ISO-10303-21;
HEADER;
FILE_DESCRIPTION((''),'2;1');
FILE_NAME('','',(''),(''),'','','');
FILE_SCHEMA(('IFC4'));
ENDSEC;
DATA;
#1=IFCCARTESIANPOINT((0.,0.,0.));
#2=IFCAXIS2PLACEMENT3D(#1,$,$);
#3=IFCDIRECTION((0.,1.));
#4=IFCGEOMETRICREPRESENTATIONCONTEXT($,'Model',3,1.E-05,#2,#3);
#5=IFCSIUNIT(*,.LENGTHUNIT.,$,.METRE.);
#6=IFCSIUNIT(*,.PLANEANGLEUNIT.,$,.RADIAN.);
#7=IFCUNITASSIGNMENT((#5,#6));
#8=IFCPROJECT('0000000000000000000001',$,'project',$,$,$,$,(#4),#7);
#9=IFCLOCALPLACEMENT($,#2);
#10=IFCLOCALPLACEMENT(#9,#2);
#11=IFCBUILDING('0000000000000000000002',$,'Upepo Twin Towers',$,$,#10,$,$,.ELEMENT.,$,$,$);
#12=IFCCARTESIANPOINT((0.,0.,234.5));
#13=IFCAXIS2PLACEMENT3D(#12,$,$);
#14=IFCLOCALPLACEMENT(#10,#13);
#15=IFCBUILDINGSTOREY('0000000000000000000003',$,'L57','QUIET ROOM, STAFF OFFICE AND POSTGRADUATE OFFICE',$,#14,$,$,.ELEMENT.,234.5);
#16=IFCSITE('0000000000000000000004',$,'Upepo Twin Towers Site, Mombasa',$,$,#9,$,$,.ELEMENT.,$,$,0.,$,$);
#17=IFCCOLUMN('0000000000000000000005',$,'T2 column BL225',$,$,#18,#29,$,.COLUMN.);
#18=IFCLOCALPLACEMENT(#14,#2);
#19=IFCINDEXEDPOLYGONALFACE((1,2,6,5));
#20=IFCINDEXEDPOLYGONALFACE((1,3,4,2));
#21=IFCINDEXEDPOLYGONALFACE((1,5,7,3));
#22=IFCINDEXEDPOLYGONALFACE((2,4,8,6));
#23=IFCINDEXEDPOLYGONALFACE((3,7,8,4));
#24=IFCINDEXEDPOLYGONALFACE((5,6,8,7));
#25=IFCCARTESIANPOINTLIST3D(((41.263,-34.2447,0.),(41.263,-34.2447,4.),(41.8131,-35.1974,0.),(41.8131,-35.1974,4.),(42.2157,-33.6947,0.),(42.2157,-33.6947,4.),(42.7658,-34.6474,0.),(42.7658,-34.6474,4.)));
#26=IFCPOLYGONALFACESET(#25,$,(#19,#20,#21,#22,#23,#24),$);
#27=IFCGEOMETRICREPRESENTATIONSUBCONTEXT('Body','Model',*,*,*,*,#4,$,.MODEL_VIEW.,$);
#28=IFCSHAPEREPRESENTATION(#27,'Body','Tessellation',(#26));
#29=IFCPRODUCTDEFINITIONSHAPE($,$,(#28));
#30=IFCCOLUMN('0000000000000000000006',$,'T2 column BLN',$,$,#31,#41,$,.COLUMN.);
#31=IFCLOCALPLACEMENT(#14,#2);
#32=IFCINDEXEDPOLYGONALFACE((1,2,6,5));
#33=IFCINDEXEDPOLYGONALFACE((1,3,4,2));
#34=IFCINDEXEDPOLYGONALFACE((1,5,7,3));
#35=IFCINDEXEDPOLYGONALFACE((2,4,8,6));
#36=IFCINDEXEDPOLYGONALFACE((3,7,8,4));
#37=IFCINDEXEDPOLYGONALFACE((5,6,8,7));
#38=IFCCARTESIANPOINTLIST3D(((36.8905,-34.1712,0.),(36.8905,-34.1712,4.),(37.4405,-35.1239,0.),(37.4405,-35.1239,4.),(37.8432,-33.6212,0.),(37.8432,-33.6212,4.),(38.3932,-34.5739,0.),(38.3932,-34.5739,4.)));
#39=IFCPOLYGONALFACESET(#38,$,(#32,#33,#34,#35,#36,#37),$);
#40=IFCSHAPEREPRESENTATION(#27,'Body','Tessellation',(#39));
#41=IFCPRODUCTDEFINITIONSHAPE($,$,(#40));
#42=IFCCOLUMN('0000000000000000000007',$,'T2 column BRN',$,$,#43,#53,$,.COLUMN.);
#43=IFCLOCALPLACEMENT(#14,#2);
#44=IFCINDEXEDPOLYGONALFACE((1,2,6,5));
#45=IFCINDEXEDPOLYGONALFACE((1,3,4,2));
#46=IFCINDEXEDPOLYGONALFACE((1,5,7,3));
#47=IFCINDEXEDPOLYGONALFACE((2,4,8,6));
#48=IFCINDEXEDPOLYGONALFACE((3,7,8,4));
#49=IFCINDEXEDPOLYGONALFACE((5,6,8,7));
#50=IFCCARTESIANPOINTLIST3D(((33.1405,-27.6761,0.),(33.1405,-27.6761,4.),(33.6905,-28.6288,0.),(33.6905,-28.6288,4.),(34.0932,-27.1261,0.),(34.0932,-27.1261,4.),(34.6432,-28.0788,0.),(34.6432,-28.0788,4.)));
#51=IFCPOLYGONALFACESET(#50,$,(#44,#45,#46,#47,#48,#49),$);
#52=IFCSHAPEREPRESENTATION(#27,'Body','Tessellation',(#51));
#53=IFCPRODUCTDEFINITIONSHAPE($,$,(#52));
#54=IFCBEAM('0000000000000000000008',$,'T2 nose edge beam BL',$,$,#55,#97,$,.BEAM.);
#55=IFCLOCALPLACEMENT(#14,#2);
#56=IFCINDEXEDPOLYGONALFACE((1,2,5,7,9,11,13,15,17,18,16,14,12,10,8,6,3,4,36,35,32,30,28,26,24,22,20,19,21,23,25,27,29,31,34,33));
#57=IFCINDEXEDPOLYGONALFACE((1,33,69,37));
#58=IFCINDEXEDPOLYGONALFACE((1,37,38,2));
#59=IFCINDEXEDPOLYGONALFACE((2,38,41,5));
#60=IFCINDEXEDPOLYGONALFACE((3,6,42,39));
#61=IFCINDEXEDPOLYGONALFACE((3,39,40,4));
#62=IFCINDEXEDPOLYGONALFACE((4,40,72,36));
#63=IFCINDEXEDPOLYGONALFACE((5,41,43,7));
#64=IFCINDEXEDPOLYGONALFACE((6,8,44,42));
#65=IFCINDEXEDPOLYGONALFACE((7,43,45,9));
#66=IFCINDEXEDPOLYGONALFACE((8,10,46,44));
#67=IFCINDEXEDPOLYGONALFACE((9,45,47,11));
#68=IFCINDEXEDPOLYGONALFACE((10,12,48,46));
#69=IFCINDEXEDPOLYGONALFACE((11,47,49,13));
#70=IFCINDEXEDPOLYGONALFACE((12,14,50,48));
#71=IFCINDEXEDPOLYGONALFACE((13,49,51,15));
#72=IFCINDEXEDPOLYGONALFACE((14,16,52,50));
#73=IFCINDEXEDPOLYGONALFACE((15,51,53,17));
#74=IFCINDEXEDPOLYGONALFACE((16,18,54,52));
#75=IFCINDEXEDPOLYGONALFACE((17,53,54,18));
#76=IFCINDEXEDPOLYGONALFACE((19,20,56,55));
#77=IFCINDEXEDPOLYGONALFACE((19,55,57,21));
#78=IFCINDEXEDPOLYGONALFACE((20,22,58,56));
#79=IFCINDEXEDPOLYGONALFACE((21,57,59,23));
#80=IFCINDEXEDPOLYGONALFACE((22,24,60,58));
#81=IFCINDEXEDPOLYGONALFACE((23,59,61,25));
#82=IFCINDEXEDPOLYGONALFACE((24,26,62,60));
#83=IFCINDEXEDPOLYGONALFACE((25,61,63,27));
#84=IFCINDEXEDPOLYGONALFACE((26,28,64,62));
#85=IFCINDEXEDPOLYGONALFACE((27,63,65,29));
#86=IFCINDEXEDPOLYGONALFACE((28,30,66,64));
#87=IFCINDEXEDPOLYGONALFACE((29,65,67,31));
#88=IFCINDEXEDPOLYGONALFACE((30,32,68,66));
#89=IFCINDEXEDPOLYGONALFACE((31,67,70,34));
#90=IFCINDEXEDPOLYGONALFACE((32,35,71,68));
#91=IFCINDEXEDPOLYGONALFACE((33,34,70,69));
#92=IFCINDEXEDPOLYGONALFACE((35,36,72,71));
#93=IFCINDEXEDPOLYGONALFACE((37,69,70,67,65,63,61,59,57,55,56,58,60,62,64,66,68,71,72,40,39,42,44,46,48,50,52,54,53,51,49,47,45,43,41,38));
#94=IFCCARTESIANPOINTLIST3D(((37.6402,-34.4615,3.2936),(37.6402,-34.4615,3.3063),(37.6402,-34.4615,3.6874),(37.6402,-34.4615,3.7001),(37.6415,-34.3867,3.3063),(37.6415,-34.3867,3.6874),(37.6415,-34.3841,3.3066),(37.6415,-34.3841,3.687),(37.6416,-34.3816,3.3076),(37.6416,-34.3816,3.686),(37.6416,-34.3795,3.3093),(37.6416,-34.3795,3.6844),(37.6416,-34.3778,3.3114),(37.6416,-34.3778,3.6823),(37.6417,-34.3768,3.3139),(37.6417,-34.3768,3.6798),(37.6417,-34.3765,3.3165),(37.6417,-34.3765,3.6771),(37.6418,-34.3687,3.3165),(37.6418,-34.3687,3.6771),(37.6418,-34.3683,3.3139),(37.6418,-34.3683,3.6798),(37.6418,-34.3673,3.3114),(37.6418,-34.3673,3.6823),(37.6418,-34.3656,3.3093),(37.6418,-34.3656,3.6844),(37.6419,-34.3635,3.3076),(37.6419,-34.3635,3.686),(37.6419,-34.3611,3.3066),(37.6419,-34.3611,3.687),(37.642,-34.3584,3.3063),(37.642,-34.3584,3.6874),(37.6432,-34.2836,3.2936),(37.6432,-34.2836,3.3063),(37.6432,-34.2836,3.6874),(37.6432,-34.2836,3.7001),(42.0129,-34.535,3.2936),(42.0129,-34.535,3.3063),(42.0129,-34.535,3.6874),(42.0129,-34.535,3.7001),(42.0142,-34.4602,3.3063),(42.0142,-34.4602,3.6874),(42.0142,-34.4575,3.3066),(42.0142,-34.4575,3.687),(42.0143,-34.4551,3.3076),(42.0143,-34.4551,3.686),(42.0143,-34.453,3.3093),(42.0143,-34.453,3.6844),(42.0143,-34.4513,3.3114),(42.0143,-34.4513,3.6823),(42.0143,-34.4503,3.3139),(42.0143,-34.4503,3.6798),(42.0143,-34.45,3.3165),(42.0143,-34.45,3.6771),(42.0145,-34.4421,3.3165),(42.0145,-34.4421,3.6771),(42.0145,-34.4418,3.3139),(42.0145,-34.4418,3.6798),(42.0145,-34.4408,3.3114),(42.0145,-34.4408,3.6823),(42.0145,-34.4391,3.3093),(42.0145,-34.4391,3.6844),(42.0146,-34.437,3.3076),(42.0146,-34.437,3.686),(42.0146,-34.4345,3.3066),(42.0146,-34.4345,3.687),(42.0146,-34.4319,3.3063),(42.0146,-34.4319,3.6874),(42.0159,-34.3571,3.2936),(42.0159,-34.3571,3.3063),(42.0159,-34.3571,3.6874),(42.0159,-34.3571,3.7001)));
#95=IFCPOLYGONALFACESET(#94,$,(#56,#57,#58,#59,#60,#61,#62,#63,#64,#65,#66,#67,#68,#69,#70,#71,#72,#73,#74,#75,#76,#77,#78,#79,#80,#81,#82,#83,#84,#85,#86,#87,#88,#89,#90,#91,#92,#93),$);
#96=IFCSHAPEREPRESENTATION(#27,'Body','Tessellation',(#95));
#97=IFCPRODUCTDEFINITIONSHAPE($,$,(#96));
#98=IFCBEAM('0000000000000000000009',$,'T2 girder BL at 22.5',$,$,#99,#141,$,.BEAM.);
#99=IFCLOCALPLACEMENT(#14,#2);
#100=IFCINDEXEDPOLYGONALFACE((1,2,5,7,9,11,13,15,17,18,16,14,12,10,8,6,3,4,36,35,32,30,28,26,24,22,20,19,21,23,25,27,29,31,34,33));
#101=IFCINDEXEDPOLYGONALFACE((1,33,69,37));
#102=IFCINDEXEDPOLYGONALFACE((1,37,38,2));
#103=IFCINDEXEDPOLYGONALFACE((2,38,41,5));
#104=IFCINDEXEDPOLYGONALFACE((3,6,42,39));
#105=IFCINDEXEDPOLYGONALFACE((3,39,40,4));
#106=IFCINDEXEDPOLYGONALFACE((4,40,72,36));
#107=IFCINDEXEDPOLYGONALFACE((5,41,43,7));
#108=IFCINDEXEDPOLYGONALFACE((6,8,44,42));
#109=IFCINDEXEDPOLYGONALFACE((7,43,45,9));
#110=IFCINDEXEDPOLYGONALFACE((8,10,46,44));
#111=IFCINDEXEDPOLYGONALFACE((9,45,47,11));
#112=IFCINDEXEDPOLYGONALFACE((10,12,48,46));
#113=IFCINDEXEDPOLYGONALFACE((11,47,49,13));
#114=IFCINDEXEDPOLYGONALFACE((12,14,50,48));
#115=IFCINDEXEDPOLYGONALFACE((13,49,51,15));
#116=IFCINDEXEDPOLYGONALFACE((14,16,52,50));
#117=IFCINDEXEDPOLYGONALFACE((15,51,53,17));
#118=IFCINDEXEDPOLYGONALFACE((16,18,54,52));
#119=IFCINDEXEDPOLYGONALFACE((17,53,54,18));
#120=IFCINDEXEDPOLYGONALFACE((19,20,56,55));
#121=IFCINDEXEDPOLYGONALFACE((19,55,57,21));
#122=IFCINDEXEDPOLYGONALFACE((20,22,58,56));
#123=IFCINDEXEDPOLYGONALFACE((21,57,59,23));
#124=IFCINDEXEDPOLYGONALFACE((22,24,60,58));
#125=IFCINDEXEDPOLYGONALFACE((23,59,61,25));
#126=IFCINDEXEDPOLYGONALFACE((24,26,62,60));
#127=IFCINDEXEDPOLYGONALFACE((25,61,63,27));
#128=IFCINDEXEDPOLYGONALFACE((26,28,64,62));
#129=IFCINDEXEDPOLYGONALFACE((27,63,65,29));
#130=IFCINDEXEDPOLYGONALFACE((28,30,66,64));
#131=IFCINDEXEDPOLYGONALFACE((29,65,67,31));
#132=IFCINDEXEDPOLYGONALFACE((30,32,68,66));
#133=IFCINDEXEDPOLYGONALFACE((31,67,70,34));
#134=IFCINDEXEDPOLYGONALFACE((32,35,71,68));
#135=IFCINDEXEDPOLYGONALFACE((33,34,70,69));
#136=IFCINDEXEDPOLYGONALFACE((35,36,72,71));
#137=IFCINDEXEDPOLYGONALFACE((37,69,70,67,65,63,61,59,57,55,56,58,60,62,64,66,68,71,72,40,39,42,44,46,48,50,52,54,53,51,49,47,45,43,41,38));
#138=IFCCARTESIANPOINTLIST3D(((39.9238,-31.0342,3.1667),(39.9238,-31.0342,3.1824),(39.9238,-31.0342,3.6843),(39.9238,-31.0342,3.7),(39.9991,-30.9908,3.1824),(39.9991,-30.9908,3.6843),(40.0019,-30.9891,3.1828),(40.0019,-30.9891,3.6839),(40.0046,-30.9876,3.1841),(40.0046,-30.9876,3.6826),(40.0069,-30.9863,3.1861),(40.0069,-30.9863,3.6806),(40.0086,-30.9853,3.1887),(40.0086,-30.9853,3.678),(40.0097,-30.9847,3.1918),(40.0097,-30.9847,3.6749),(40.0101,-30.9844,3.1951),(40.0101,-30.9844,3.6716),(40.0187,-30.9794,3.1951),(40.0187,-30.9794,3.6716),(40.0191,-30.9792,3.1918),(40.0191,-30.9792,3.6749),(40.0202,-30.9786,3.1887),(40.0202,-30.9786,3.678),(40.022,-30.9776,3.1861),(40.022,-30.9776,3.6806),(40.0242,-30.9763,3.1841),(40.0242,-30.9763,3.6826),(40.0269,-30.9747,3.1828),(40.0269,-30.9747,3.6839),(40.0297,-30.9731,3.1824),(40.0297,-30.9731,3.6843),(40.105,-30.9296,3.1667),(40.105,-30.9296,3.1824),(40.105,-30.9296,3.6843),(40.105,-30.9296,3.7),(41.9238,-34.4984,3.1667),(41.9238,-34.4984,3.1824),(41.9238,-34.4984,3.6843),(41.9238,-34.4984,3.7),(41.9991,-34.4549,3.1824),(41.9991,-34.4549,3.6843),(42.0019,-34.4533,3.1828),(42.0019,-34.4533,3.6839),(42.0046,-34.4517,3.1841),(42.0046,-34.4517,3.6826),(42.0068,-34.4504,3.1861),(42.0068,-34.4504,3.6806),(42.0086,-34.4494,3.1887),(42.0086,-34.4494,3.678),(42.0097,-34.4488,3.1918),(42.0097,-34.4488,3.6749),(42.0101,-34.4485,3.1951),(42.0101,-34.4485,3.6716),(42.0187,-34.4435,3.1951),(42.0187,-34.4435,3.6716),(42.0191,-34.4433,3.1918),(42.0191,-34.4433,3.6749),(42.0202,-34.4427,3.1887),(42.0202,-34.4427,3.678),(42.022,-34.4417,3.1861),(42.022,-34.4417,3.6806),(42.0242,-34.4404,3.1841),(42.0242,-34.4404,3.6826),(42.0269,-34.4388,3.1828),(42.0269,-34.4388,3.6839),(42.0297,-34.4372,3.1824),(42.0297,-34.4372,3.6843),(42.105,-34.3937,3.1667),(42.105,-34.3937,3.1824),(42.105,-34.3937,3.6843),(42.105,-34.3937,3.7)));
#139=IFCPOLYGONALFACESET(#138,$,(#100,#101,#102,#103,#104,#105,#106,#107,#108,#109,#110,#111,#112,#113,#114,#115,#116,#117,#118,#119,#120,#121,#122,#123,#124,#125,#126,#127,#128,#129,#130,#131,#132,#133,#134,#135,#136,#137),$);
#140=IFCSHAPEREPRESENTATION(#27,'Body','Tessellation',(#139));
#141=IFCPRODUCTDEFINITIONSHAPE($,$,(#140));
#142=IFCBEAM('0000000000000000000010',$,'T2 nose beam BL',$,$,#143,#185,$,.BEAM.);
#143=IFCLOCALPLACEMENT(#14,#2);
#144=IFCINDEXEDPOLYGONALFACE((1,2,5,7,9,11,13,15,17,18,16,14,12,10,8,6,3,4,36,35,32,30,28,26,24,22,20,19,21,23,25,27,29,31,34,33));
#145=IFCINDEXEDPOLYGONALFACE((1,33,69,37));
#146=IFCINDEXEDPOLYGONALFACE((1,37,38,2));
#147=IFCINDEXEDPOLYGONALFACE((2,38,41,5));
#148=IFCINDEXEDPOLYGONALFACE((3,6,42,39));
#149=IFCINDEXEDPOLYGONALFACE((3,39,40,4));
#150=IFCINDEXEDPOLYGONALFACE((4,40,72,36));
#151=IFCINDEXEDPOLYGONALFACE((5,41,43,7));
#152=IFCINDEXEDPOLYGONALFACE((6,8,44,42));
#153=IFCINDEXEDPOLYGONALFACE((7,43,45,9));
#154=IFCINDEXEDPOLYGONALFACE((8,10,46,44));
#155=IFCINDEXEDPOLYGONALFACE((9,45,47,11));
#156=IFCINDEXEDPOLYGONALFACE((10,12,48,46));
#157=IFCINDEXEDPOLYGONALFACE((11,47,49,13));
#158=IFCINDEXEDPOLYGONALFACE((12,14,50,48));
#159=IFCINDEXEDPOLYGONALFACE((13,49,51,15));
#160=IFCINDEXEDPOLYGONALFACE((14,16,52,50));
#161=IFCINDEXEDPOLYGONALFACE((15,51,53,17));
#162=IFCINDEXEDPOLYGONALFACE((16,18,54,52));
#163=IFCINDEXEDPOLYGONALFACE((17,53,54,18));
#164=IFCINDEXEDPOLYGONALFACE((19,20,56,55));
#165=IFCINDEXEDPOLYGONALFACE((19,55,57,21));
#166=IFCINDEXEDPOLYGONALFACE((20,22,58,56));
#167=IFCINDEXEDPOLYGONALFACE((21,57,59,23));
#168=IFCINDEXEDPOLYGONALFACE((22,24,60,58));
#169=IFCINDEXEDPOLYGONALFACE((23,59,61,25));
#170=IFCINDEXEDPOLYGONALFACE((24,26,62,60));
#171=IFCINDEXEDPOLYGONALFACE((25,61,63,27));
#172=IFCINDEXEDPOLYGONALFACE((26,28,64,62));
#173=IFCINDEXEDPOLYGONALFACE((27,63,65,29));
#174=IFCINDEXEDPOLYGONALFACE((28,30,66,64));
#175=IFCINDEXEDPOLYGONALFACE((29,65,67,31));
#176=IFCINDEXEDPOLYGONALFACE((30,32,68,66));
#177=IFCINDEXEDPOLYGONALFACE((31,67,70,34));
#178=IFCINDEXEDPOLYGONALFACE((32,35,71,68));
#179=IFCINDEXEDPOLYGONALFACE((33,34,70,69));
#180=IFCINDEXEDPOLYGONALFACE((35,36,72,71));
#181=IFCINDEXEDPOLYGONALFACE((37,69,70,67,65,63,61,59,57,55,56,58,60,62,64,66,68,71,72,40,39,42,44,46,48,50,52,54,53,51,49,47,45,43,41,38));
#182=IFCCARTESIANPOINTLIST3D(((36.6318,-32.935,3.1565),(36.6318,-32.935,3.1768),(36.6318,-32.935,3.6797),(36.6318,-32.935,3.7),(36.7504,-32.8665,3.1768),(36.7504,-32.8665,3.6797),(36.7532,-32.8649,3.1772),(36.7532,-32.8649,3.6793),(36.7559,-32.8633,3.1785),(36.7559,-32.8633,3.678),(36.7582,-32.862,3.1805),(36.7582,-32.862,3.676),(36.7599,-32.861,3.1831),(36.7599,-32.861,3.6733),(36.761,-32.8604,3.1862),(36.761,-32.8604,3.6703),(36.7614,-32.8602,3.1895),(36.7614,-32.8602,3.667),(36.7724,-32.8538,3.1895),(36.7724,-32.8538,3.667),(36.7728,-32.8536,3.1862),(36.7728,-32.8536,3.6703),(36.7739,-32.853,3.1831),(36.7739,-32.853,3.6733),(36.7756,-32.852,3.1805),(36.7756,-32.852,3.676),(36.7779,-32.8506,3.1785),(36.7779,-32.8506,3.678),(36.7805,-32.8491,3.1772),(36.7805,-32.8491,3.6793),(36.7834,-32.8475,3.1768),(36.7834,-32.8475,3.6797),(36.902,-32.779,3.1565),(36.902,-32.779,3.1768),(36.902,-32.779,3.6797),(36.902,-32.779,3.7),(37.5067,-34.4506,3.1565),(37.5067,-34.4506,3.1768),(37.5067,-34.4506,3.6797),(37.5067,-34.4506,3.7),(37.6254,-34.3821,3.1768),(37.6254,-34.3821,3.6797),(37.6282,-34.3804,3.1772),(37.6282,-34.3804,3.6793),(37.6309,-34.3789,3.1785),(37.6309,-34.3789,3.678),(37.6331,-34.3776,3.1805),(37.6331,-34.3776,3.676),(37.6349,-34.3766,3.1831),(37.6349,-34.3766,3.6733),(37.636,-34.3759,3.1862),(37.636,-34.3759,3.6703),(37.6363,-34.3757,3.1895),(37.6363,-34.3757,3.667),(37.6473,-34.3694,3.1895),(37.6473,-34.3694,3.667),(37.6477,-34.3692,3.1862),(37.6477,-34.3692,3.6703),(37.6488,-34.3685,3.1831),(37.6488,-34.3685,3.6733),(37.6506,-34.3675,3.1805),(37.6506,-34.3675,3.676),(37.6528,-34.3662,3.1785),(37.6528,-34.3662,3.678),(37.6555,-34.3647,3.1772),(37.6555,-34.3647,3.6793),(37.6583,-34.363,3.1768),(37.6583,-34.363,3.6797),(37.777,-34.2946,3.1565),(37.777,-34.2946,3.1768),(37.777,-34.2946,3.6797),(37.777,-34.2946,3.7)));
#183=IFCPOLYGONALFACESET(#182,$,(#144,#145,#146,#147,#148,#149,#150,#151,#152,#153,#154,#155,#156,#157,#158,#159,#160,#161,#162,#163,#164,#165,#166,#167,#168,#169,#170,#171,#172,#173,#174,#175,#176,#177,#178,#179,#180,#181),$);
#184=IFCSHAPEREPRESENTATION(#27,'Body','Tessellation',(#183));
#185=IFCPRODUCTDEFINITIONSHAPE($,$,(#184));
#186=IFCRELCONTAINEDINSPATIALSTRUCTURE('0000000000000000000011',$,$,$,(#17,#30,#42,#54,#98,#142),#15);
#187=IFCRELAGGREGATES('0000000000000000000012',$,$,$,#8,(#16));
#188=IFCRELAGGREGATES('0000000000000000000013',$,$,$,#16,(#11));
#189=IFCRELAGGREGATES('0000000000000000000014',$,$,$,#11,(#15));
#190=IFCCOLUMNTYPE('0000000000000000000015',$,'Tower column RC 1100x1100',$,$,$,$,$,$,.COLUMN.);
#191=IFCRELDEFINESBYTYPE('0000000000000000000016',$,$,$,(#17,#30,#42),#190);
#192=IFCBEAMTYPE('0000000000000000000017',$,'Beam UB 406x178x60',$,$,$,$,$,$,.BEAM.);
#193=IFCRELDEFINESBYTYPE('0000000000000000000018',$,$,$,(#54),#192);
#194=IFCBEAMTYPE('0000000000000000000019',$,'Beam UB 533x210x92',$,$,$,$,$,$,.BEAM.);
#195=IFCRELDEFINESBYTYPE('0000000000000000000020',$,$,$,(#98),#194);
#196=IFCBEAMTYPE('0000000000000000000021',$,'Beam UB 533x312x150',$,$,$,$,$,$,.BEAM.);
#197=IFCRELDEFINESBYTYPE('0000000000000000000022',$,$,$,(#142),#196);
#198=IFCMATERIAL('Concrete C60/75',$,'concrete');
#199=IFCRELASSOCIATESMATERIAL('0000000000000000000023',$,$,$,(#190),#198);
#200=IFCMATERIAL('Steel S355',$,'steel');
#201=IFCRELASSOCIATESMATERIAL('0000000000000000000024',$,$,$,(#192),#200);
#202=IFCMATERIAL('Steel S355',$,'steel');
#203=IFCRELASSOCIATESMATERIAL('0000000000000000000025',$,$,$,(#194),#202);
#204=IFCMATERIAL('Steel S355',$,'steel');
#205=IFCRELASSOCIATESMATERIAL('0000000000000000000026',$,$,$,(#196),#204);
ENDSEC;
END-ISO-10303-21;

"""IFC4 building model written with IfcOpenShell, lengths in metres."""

from ifc_helpers import new_model, si_unit, direction, frame, origin, origin_2d, place, context, subcontext, project, spatial, rectangle, i_section, extrude, material, material_profile, profile_set, type_object, element, save


model = new_model("IFC4")

# Units and contexts
model_context = context("Model", 3, precision=1e-05, world=origin(), true_north=direction((0.0, 1.0)))
body_context = subcontext(model_context, "Body", "Model", "MODEL_VIEW")
ifc_project = project(units=[si_unit("LENGTHUNIT", "METRE"), si_unit("PLANEANGLEUNIT", "RADIAN")], contexts=[model_context])

# Site, building, storey
site_placement = place(None, origin())
site = spatial("IfcSite", under=ifc_project, at=site_placement, Name="Upepo Twin Towers Site, Mombasa", CompositionType="ELEMENT", RefElevation=0.0)
building_placement = place(site_placement, origin())
building = spatial("IfcBuilding", under=site, at=building_placement, Name="Upepo Twin Towers", CompositionType="ELEMENT")
storey_placement = place(building_placement, frame((0.0, 0.0, 234.5)))
storey = spatial("IfcBuildingStorey", under=building, at=storey_placement, Name="L57", Description="QUIET ROOM, STAFF OFFICE AND POSTGRADUATE OFFICE", CompositionType="ELEMENT", Elevation=234.5)

# Columns
ifc_material_1 = material(Name="Concrete C60/75", Category="concrete")
ifc_material_profile_1 = material_profile(ifc_material_1, rectangle(XDim=1.1001, YDim=1.1001, at=origin_2d()), Name="RC 1100x1100")
ifc_profile_set_1 = profile_set([ifc_material_profile_1], Name="Concrete C60/75")
column_type = type_object("IfcColumnType", Name="Tower column RC 1100x1100", PredefinedType="COLUMN", material=ifc_profile_set_1)
for number, where, z_axis, x_axis, name in (
    (1, (42.0144, -34.446, 0.0), (0.0, 0.0, 1.0), (0.866025, 0.5, 0.0), "T2 column BL225"),
    (2, (37.6418, -34.3726, 0.0), (0.0, 0.0, 1.0), (0.866025, 0.5, 0.0), "T2 column BLN"),
    (3, (33.8918, -27.8774, 0.0), (0.0, 0.0, 1.0), (0.866025, 0.5, 0.0), "T2 column BRN"),
):
    element("IfcColumn", number, at=place(storey_placement, frame(where, z_axis=z_axis, x_axis=x_axis)), inside=storey, type_object=column_type, Name=name, PredefinedType="COLUMN", context=body_context, shape_type="SweptSolid", body=[
        extrude(rectangle(XDim=1.1001, YDim=1.1001, at=origin_2d()), origin(), (0.0, 0.0, 1.0), 4.0),
    ])

# Beams
ifc_material_2 = material(Name="Steel S355", Category="steel")
ifc_material_profile_2 = material_profile(ifc_material_2, i_section(OverallWidth=0.178, OverallDepth=0.4065, WebThickness=0.0078, FlangeThickness=0.0127, FilletRadius=0.0103, at=origin_2d()), Name="UB 406x178x60")
ifc_profile_set_2 = profile_set([ifc_material_profile_2], Name="Steel S355")
beam_type_1 = type_object("IfcBeamType", Name="Beam UB 406x178x60", PredefinedType="BEAM", material=ifc_profile_set_2)
beam_1_placement = place(storey_placement, frame((42.0144, -34.446, 3.4968), z_axis=(-0.999859, 0.016804, 0.0), x_axis=(-0.016804, -0.999859, 0.0)))
element("IfcBeam", 4, at=beam_1_placement, inside=storey, type_object=beam_type_1, Name="T2 nose edge beam BL", PredefinedType="BEAM", context=body_context, shape_type="SweptSolid", body=[
    extrude(i_section(OverallWidth=0.178, OverallDepth=0.4065, WebThickness=0.0078, FlangeThickness=0.0127, FilletRadius=0.0103, at=origin_2d()), origin(), (0.0, 0.0, 1.0), 4.3733),
])
ifc_material_3 = material(Name="Steel S355", Category="steel")
ifc_material_profile_3 = material_profile(ifc_material_3, i_section(OverallWidth=0.2092, OverallDepth=0.5332, WebThickness=0.01, FlangeThickness=0.0156, FilletRadius=0.0127, at=origin_2d()), Name="UB 533x210x92")
ifc_profile_set_3 = profile_set([ifc_material_profile_3], Name="Steel S355")
beam_type_2 = type_object("IfcBeamType", Name="Beam UB 533x210x92", PredefinedType="BEAM", material=ifc_profile_set_3)
beam_2_placement = place(storey_placement, frame((42.0144, -34.446, 3.4333), z_axis=(-0.499999, 0.866026, 0.0), x_axis=(-0.866026, -0.499999, 0.0)))
element("IfcBeam", 5, at=beam_2_placement, inside=storey, type_object=beam_type_2, Name="T2 girder BL at 22.5", PredefinedType="BEAM", context=body_context, shape_type="SweptSolid", body=[
    extrude(i_section(OverallWidth=0.2092, OverallDepth=0.5332, WebThickness=0.01, FlangeThickness=0.0156, FilletRadius=0.0127, at=origin_2d()), origin(), (0.0, 0.0, 1.0), 4.0),
])
ifc_material_4 = material(Name="Steel S355", Category="steel")
ifc_material_profile_4 = material_profile(ifc_material_4, i_section(OverallWidth=0.312, OverallDepth=0.5435, WebThickness=0.0127, FlangeThickness=0.0203, FilletRadius=0.0127, at=origin_2d()), Name="UB 533x312x150")
ifc_profile_set_4 = profile_set([ifc_material_profile_4], Name="Steel S355")
beam_type_3 = type_object("IfcBeamType", Name="Beam UB 533x312x150", PredefinedType="BEAM", material=ifc_profile_set_4)
beam_3_placement = place(storey_placement, frame((37.6418, -34.3726, 3.4282), z_axis=(-0.49998, 0.866037, 0.0), x_axis=(-0.866037, -0.49998, 0.0)))
element("IfcBeam", 6, at=beam_3_placement, inside=storey, type_object=beam_type_3, Name="T2 nose beam BL", PredefinedType="BEAM", context=body_context, shape_type="SweptSolid", body=[
    extrude(i_section(OverallWidth=0.312, OverallDepth=0.5435, WebThickness=0.0127, FlangeThickness=0.0203, FilletRadius=0.0127, at=origin_2d()), origin(), (0.0, 0.0, 1.0), 1.75),
])

save(model, "model.ifc")
